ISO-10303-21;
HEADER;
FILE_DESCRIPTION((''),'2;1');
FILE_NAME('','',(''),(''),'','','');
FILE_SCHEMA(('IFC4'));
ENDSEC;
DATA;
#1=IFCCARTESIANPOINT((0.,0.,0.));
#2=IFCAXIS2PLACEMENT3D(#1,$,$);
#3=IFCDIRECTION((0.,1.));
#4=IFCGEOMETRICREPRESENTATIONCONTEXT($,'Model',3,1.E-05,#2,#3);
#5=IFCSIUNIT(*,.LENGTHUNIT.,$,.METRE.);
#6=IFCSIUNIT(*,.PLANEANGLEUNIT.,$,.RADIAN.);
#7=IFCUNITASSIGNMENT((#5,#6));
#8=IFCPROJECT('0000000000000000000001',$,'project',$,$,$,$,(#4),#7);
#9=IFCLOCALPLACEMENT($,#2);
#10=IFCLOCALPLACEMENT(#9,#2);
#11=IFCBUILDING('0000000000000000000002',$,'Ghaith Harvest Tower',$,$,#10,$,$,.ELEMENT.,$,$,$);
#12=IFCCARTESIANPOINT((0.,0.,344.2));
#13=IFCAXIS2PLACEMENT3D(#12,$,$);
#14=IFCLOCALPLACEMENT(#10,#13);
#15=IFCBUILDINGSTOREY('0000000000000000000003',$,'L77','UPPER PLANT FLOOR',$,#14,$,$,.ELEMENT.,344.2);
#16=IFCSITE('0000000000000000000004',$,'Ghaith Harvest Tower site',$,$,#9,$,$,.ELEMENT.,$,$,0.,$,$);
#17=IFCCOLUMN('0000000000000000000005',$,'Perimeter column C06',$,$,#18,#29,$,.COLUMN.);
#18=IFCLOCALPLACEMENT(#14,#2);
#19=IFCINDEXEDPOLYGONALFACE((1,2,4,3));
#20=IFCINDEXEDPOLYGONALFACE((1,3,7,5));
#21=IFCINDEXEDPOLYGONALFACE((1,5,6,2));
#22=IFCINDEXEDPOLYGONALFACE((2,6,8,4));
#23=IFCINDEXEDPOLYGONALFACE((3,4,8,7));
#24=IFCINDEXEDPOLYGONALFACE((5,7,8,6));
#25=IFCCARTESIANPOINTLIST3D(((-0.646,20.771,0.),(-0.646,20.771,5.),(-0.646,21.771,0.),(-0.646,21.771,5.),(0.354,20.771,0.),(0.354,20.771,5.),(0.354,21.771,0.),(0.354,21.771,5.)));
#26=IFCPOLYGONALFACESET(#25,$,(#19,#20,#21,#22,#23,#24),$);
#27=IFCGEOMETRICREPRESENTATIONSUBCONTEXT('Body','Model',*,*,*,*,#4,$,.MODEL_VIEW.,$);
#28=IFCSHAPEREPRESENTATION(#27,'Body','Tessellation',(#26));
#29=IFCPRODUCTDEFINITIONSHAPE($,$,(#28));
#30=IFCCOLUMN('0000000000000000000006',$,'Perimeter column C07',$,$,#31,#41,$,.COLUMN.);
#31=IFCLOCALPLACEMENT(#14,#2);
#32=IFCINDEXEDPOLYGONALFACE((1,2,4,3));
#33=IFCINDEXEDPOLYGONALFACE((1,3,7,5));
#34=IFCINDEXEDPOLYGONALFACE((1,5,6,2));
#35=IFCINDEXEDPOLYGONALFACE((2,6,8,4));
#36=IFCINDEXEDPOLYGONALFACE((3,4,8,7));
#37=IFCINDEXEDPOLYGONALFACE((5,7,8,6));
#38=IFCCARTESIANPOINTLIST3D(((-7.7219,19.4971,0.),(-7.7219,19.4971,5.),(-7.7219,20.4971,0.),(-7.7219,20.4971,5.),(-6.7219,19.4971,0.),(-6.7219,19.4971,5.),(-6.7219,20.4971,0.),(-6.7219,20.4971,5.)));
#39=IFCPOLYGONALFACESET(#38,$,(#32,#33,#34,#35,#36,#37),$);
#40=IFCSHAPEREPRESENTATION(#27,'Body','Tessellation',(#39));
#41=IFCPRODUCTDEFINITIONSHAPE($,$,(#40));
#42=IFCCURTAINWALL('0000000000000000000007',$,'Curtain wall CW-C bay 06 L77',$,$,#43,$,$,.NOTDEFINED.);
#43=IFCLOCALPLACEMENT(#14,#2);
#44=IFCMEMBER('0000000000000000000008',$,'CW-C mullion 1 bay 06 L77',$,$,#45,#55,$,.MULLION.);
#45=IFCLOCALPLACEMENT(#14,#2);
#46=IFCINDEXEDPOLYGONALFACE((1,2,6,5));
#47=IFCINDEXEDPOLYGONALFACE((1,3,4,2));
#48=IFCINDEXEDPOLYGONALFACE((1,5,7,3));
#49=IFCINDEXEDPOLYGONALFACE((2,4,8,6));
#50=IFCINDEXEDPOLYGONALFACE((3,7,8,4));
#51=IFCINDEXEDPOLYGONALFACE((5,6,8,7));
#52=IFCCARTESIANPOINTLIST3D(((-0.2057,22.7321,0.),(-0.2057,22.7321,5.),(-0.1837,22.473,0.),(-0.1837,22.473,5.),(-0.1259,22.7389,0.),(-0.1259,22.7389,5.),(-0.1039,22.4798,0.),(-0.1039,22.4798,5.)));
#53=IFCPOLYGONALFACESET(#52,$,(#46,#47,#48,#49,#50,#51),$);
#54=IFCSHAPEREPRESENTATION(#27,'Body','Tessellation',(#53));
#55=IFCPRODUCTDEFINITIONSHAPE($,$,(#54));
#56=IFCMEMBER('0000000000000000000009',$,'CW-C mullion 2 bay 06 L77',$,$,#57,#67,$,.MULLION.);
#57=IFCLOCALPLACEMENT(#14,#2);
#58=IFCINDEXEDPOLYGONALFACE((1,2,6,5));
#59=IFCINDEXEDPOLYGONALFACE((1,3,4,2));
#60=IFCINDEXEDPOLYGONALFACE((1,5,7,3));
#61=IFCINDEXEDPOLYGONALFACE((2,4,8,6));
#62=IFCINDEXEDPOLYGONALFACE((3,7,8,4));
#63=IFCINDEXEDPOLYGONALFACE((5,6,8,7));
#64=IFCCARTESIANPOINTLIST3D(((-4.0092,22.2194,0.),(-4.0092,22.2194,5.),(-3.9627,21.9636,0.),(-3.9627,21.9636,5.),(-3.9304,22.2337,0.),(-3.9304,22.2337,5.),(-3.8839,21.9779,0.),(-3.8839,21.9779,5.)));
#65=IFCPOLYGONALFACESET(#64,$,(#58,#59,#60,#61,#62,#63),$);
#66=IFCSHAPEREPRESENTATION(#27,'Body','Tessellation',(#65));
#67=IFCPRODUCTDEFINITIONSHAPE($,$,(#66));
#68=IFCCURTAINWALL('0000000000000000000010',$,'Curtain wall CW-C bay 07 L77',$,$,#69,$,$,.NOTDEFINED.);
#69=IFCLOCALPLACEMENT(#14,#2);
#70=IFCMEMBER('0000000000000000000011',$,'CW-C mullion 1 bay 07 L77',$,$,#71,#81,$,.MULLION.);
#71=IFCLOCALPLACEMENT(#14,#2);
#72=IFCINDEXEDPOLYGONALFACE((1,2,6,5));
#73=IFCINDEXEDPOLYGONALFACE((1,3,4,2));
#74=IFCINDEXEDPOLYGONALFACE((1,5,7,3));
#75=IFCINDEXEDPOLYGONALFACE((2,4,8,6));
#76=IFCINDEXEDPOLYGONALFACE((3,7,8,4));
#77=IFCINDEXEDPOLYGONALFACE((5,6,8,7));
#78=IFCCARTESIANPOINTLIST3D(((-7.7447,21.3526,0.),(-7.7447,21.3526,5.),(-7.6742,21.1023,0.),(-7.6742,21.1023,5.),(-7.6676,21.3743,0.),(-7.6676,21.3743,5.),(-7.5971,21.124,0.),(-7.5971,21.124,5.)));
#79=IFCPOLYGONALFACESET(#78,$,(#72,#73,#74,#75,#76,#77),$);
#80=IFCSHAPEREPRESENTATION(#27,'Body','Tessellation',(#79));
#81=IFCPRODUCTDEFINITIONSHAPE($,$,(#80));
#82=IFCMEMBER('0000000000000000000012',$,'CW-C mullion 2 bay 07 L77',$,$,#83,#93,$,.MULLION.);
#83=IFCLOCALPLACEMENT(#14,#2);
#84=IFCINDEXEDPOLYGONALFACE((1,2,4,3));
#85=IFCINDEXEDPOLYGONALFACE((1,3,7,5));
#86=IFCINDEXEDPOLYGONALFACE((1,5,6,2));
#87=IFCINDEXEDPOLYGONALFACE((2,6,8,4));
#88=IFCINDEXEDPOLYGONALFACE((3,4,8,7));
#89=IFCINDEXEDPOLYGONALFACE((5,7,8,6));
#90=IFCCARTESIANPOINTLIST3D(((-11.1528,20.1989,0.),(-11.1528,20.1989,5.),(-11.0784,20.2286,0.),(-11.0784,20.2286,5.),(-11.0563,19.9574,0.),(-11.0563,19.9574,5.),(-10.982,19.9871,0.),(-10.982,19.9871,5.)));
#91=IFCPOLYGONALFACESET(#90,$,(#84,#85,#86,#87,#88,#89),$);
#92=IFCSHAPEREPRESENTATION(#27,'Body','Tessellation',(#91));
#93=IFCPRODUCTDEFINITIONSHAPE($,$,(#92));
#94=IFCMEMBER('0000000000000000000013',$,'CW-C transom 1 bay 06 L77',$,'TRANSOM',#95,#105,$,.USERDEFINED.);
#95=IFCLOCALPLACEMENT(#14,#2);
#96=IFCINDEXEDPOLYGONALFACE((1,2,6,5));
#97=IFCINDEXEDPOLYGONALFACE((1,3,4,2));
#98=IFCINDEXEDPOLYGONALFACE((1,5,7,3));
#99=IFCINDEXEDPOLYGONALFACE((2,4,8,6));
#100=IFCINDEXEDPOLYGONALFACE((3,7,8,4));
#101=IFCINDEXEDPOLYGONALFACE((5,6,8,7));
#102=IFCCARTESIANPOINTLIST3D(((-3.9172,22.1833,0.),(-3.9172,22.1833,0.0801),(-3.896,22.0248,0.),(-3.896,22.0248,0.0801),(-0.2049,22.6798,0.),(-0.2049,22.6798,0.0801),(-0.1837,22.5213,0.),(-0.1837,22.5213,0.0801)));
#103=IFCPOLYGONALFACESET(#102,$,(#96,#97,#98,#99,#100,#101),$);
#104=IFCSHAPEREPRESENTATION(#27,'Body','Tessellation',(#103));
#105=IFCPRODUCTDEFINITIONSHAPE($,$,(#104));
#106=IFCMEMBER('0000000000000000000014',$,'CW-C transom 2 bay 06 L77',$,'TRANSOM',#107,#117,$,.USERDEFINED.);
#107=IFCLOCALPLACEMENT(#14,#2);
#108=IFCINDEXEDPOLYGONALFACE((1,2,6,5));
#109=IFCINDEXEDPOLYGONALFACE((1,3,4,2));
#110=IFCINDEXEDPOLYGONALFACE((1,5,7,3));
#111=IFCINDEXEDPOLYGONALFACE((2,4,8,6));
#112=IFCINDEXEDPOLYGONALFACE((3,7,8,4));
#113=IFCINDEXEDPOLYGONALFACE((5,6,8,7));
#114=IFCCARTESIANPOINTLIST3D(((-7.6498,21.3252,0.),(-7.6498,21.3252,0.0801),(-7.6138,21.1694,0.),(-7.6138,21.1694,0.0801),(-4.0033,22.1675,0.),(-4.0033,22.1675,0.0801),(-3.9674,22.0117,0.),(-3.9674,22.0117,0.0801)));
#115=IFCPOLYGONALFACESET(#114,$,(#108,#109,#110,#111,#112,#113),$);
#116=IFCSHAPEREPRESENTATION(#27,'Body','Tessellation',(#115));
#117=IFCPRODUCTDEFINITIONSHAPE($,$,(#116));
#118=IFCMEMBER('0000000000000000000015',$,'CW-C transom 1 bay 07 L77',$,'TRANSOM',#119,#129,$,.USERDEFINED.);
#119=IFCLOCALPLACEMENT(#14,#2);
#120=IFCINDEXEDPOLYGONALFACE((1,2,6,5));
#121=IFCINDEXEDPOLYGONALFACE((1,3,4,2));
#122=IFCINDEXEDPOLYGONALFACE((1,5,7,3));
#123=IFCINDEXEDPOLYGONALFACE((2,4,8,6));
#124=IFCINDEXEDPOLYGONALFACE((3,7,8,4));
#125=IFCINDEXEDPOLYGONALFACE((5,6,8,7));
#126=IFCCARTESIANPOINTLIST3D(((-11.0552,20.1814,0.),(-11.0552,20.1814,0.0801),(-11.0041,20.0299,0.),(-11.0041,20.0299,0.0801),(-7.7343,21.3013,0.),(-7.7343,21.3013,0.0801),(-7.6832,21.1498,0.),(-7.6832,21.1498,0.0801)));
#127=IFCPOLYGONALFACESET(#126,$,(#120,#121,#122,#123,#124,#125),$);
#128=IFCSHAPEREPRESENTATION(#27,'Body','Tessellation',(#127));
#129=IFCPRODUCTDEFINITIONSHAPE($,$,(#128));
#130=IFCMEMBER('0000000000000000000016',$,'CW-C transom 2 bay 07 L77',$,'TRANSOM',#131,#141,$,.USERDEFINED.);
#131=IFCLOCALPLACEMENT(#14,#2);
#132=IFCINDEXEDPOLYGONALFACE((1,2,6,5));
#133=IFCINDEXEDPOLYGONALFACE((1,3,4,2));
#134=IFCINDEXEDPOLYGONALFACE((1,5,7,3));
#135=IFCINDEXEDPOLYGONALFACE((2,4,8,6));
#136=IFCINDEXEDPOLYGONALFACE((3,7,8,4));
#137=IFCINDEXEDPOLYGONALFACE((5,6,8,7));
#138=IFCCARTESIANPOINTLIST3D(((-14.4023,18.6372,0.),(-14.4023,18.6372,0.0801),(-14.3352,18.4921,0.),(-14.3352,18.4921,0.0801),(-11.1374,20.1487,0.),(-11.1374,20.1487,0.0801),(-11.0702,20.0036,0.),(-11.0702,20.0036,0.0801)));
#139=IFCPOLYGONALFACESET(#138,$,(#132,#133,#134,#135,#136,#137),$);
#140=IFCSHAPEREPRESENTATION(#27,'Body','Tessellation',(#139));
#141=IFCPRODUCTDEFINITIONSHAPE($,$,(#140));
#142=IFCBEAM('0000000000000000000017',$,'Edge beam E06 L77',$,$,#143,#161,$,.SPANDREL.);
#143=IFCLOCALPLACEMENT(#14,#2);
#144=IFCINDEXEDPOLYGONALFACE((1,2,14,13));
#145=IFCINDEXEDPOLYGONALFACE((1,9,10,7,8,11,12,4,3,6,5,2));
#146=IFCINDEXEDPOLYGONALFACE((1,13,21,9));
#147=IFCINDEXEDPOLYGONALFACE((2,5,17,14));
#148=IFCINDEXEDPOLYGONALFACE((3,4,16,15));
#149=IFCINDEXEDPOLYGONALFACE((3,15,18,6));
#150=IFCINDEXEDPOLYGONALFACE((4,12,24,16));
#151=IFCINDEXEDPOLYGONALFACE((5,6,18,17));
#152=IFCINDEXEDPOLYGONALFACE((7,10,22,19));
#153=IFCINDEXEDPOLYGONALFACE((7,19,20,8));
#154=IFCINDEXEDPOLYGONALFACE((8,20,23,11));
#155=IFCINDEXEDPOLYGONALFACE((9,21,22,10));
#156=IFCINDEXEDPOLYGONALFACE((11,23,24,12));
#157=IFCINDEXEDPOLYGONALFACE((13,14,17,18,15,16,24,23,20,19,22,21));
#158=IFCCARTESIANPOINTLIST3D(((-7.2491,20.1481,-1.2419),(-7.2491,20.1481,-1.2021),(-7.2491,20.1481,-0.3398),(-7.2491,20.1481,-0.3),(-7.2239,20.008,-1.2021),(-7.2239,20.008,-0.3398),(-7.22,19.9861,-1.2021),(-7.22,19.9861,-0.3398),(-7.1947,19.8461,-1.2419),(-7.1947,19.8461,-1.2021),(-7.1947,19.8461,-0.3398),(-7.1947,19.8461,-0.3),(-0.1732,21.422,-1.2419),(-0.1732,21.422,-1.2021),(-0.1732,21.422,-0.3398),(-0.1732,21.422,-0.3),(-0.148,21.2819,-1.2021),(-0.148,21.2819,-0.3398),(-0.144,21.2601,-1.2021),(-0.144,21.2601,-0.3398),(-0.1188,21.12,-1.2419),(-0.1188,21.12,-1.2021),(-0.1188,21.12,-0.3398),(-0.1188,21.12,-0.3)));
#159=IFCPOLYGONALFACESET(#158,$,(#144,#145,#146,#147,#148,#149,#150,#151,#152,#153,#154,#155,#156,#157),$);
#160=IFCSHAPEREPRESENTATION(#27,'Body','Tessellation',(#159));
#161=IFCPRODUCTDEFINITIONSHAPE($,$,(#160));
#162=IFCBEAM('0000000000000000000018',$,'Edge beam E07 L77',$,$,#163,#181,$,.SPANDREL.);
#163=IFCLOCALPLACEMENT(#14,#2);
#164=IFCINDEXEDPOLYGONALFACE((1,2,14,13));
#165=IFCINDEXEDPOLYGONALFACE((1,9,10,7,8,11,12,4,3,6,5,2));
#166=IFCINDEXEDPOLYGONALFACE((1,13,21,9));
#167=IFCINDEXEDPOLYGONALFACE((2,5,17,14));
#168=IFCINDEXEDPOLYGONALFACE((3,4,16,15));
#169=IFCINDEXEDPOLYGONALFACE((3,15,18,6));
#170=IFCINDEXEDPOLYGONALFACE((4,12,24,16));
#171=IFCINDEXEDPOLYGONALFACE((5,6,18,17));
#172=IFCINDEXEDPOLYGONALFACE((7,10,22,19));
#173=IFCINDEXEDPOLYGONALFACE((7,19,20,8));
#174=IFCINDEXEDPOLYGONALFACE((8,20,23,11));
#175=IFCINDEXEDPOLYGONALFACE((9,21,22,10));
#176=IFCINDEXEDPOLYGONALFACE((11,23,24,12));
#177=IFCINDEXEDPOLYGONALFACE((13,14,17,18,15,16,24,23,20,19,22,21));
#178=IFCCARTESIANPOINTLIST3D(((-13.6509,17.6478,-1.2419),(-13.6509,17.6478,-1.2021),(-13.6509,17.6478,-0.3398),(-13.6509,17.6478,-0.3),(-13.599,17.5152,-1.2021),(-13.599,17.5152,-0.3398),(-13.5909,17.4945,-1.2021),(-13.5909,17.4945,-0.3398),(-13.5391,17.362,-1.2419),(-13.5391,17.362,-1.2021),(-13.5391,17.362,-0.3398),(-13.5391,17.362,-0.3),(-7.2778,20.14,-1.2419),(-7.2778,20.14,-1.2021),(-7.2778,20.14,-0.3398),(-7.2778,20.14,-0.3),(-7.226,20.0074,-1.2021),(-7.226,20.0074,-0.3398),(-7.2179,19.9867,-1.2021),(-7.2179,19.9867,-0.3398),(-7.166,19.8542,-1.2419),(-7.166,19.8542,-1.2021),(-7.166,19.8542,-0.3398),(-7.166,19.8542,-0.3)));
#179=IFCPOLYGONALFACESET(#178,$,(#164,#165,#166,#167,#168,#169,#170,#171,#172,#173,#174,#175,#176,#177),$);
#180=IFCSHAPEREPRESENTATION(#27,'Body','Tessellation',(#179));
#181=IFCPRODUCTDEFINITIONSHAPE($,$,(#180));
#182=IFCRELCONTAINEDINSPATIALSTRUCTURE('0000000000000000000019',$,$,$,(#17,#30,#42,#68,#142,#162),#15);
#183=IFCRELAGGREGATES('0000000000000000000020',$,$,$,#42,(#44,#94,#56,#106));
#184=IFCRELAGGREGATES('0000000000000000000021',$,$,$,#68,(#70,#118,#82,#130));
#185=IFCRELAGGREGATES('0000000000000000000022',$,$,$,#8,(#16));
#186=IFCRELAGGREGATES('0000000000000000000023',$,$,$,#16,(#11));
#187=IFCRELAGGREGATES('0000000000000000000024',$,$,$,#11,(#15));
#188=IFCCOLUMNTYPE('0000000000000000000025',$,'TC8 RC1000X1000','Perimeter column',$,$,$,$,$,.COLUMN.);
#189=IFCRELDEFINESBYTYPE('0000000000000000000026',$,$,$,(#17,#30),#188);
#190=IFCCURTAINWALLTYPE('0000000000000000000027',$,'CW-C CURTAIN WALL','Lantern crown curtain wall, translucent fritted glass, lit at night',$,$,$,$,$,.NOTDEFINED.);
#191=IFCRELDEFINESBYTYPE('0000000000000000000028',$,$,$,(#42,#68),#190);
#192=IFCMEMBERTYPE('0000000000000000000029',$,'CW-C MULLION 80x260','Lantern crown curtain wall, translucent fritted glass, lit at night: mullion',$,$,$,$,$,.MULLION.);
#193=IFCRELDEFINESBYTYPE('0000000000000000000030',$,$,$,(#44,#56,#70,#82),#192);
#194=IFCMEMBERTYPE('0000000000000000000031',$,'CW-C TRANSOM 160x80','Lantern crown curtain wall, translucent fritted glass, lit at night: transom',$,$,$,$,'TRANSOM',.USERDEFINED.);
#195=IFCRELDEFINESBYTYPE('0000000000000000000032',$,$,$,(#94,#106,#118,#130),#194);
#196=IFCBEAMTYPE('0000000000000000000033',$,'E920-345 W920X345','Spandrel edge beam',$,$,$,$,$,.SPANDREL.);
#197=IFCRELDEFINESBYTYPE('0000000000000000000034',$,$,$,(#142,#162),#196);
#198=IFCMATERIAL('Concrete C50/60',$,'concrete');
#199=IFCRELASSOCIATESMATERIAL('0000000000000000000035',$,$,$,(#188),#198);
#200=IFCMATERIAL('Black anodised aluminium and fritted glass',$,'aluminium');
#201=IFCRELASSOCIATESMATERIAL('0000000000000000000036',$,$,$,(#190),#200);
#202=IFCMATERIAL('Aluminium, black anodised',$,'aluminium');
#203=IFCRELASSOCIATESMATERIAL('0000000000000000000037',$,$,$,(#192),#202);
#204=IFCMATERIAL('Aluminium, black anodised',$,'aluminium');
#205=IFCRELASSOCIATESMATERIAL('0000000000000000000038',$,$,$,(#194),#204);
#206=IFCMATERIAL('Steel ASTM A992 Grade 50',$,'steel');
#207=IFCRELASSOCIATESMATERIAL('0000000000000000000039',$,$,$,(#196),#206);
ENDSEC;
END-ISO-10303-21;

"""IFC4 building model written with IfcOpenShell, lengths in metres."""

from ifc_helpers import new_model, si_unit, direction, frame, origin, origin_2d, place, context, subcontext, project, spatial, rectangle, i_section, extrude, material, material_profile, profile_set, type_object, element, aggregate, save


model = new_model("IFC4")

# Units and contexts
model_context = context("Model", 3, precision=1e-05, world=origin(), true_north=direction((0.0, 1.0)))
body_context = subcontext(model_context, "Body", "Model", "MODEL_VIEW")
ifc_project = project(units=[si_unit("LENGTHUNIT", "METRE"), si_unit("PLANEANGLEUNIT", "RADIAN")], contexts=[model_context])

# Site, building, storey
site_placement = place(None, origin())
site = spatial("IfcSite", under=ifc_project, at=site_placement, Name="Ghaith Harvest Tower site", CompositionType="ELEMENT", RefElevation=0.0)
building_placement = place(site_placement, origin())
building = spatial("IfcBuilding", under=site, at=building_placement, Name="Ghaith Harvest Tower", CompositionType="ELEMENT")
storey_placement = place(building_placement, frame((0.0, 0.0, 344.2)))
storey = spatial("IfcBuildingStorey", under=building, at=storey_placement, Name="L77", Description="UPPER PLANT FLOOR", CompositionType="ELEMENT", Elevation=344.2)

# Columns
ifc_material_1 = material(Name="Concrete C50/60", Category="concrete")
ifc_material_profile_1 = material_profile(ifc_material_1, rectangle(XDim=1.0, YDim=1.0, at=origin_2d()), Name="RC1000X1000")
ifc_profile_set_1 = profile_set([ifc_material_profile_1], Name="Concrete C50/60")
column_type = type_object("IfcColumnType", Name="TC8 RC1000X1000", Description="Perimeter column", PredefinedType="COLUMN", material=ifc_profile_set_1)
for number, where, z_axis, x_axis, name in (
    (1, (-0.146, 21.271, 0.0), (0.0, 0.0, 1.0), (1.0, 0.0, 0.0), "Perimeter column C06"),
    (2, (-7.2219, 19.9971, 0.0), (0.0, 0.0, 1.0), (1.0, 0.0, 0.0), "Perimeter column C07"),
):
    element("IfcColumn", number, at=place(storey_placement, frame(where, z_axis=z_axis, x_axis=x_axis)), inside=storey, type_object=column_type, Name=name, PredefinedType="COLUMN", context=body_context, shape_type="SweptSolid", body=[
        extrude(rectangle(XDim=1.0, YDim=1.0, at=origin_2d()), origin(), (0.0, 0.0, 1.0), 5.0),
    ])

# Curtain walls, members
ifc_material_2 = material(Name="Black anodised aluminium and fritted glass", Category="aluminium")
curtain_wall_type = type_object("IfcCurtainWallType", Name="CW-C CURTAIN WALL", Description="Lantern crown curtain wall, translucent fritted glass, lit at night", PredefinedType="NOTDEFINED", material=ifc_material_2)
curtain_wall_1_placement = place(storey_placement, origin())
curtain_wall_1 = element("IfcCurtainWall", 3, at=curtain_wall_1_placement, inside=storey, type_object=curtain_wall_type, Name="Curtain wall CW-C bay 06 L77", PredefinedType="NOTDEFINED")
ifc_material_3 = material(Name="Aluminium, black anodised", Category="aluminium")
ifc_material_profile_2 = material_profile(ifc_material_3, rectangle(XDim=0.0801, YDim=0.26, at=origin_2d()), Name="CW-C MULLION 80x260")
ifc_profile_set_2 = profile_set([ifc_material_profile_2], Name="Aluminium, black anodised")
member_type_1 = type_object("IfcMemberType", Name="CW-C MULLION 80x260", Description="Lantern crown curtain wall, translucent fritted glass, lit at night: mullion", PredefinedType="MULLION", material=ifc_profile_set_2)
member_1_placement = place(storey_placement, frame((-0.1548, 22.606, 0.0), z_axis=(0.0, 0.0, 1.0), x_axis=(-0.996415, -0.084602, 0.0)))
member_1 = element("IfcMember", 4, at=member_1_placement, type_object=member_type_1, Name="CW-C mullion 1 bay 06 L77", PredefinedType="MULLION", context=body_context, shape_type="SweptSolid", body=[
    extrude(rectangle(XDim=0.0801, YDim=0.26, at=origin_2d()), origin(), (0.0, 0.0, 1.0), 5.0),
])
member_2_placement = place(storey_placement, frame((-3.9465, 22.0986, 0.0), z_axis=(0.0, 0.0, 1.0), x_axis=(-0.983843, -0.179031, 0.0)))
member_2 = element("IfcMember", 5, at=member_2_placement, type_object=member_type_1, Name="CW-C mullion 2 bay 06 L77", PredefinedType="MULLION", context=body_context, shape_type="SweptSolid", body=[
    extrude(rectangle(XDim=0.0801, YDim=0.26, at=origin_2d()), origin(), (0.0, 0.0, 1.0), 5.0),
])
curtain_wall_2_placement = place(storey_placement, origin())
curtain_wall_2 = element("IfcCurtainWall", 6, at=curtain_wall_2_placement, inside=storey, type_object=curtain_wall_type, Name="Curtain wall CW-C bay 07 L77", PredefinedType="NOTDEFINED")
member_3_placement = place(storey_placement, frame((-7.6709, 21.2383, 0.0), z_axis=(0.0, 0.0, 1.0), x_axis=(-0.962552, -0.271095, 0.0)))
member_3 = element("IfcMember", 7, at=member_3_placement, type_object=member_type_1, Name="CW-C mullion 1 bay 07 L77", PredefinedType="MULLION", context=body_context, shape_type="SweptSolid", body=[
    extrude(rectangle(XDim=0.0801, YDim=0.26, at=origin_2d()), origin(), (0.0, 0.0, 1.0), 5.0),
])
member_4_placement = place(storey_placement, frame((-11.0674, 20.093, 0.0), z_axis=(0.0, 0.0, 1.0), x_axis=(-0.928624, -0.371021, 0.0)))
member_4 = element("IfcMember", 8, at=member_4_placement, type_object=member_type_1, Name="CW-C mullion 2 bay 07 L77", PredefinedType="MULLION", context=body_context, shape_type="SweptSolid", body=[
    extrude(rectangle(XDim=0.0801, YDim=0.26, at=origin_2d()), origin(), (0.0, 0.0, 1.0), 5.0),
])

# Members
ifc_material_4 = material(Name="Aluminium, black anodised", Category="aluminium")
ifc_material_profile_3 = material_profile(ifc_material_4, rectangle(XDim=0.1599, YDim=0.0801, at=origin_2d()), Name="CW-C TRANSOM 160x80")
ifc_profile_set_3 = profile_set([ifc_material_profile_3], Name="Aluminium, black anodised")
member_type_2 = type_object("IfcMemberType", Name="CW-C TRANSOM 160x80", Description="Lantern crown curtain wall, translucent fritted glass, lit at night: transom", ElementType="TRANSOM", PredefinedType="USERDEFINED", material=ifc_profile_set_3)
member_5_placement = place(storey_placement, frame((-0.1943, 22.6006, 0.04), z_axis=(-0.991172, -0.132582, 0.0), x_axis=(0.132582, -0.991172, 0.0)))
member_5 = element("IfcMember", 9, at=member_5_placement, type_object=member_type_2, Name="CW-C transom 1 bay 06 L77", ObjectType="TRANSOM", PredefinedType="USERDEFINED", context=body_context, shape_type="SweptSolid", body=[
    extrude(rectangle(XDim=0.1599, YDim=0.0801, at=origin_2d()), origin(), (0.0, 0.0, 1.0), 3.7454),
])
member_6_placement = place(storey_placement, frame((-3.9854, 22.0896, 0.04), z_axis=(-0.974345, -0.22506, 0.0), x_axis=(0.22506, -0.974345, 0.0)))
member_6 = element("IfcMember", 10, at=member_6_placement, type_object=member_type_2, Name="CW-C transom 2 bay 06 L77", ObjectType="TRANSOM", PredefinedType="USERDEFINED", context=body_context, shape_type="SweptSolid", body=[
    extrude(rectangle(XDim=0.1599, YDim=0.0801, at=origin_2d()), origin(), (0.0, 0.0, 1.0), 3.7424),
])
member_7_placement = place(storey_placement, frame((-7.7087, 21.2256, 0.04), z_axis=(-0.94757, -0.319549, 0.0), x_axis=(0.319549, -0.94757, 0.0)))
member_7 = element("IfcMember", 11, at=member_7_placement, type_object=member_type_2, Name="CW-C transom 1 bay 07 L77", ObjectType="TRANSOM", PredefinedType="USERDEFINED", context=body_context, shape_type="SweptSolid", body=[
    extrude(rectangle(XDim=0.1599, YDim=0.0801, at=origin_2d()), origin(), (0.0, 0.0, 1.0), 3.5046),
])
member_8_placement = place(storey_placement, frame((-11.1038, 20.0762, 0.04), z_axis=(-0.907472, -0.420112, 0.0), x_axis=(0.420112, -0.907472, 0.0)))
member_8 = element("IfcMember", 12, at=member_8_placement, type_object=member_type_2, Name="CW-C transom 2 bay 07 L77", ObjectType="TRANSOM", PredefinedType="USERDEFINED", context=body_context, shape_type="SweptSolid", body=[
    extrude(rectangle(XDim=0.1599, YDim=0.0801, at=origin_2d()), origin(), (0.0, 0.0, 1.0), 3.5979),
])

# Beams
ifc_material_5 = material(Name="Steel ASTM A992 Grade 50", Category="steel")
ifc_material_profile_4 = material_profile(ifc_material_5, i_section(OverallWidth=0.3069, OverallDepth=0.9419, WebThickness=0.0222, FlangeThickness=0.0398, at=origin_2d()), Name="W920X345")
ifc_profile_set_4 = profile_set([ifc_material_profile_4], Name="Steel ASTM A992 Grade 50")
beam_type_1 = type_object("IfcBeamType", Name="E920-345 W920X345", Description="Spandrel edge beam", PredefinedType="SPANDREL", material=ifc_profile_set_4)
beam_1_placement = place(storey_placement, frame((-0.146, 21.271, -0.771), z_axis=(-0.984177, -0.177188, 0.0), x_axis=(0.177188, -0.984177, 0.0)))
element("IfcBeam", 13, at=beam_1_placement, inside=storey, type_object=beam_type_1, Name="Edge beam E06 L77", PredefinedType="SPANDREL", context=body_context, shape_type="SweptSolid", body=[
    extrude(i_section(OverallWidth=0.3069, OverallDepth=0.9419, WebThickness=0.0222, FlangeThickness=0.0398, at=origin_2d()), origin(), (0.0, 0.0, 1.0), 7.1897),
])
beam_2_placement = place(storey_placement, frame((-7.2219, 19.9971, -0.771), z_axis=(-0.931323, -0.364195, 0.0), x_axis=(0.364195, -0.931323, 0.0)))
element("IfcBeam", 14, at=beam_2_placement, inside=storey, type_object=beam_type_1, Name="Edge beam E07 L77", PredefinedType="SPANDREL", context=body_context, shape_type="SweptSolid", body=[
    extrude(i_section(OverallWidth=0.3069, OverallDepth=0.9419, WebThickness=0.0222, FlangeThickness=0.0398, at=origin_2d()), origin(), (0.0, 0.0, 1.0), 6.843),
])

aggregate(curtain_wall_1, [member_1, member_5, member_2, member_6])
aggregate(curtain_wall_2, [member_3, member_7, member_4, member_8])

save(model, "model.ifc")
